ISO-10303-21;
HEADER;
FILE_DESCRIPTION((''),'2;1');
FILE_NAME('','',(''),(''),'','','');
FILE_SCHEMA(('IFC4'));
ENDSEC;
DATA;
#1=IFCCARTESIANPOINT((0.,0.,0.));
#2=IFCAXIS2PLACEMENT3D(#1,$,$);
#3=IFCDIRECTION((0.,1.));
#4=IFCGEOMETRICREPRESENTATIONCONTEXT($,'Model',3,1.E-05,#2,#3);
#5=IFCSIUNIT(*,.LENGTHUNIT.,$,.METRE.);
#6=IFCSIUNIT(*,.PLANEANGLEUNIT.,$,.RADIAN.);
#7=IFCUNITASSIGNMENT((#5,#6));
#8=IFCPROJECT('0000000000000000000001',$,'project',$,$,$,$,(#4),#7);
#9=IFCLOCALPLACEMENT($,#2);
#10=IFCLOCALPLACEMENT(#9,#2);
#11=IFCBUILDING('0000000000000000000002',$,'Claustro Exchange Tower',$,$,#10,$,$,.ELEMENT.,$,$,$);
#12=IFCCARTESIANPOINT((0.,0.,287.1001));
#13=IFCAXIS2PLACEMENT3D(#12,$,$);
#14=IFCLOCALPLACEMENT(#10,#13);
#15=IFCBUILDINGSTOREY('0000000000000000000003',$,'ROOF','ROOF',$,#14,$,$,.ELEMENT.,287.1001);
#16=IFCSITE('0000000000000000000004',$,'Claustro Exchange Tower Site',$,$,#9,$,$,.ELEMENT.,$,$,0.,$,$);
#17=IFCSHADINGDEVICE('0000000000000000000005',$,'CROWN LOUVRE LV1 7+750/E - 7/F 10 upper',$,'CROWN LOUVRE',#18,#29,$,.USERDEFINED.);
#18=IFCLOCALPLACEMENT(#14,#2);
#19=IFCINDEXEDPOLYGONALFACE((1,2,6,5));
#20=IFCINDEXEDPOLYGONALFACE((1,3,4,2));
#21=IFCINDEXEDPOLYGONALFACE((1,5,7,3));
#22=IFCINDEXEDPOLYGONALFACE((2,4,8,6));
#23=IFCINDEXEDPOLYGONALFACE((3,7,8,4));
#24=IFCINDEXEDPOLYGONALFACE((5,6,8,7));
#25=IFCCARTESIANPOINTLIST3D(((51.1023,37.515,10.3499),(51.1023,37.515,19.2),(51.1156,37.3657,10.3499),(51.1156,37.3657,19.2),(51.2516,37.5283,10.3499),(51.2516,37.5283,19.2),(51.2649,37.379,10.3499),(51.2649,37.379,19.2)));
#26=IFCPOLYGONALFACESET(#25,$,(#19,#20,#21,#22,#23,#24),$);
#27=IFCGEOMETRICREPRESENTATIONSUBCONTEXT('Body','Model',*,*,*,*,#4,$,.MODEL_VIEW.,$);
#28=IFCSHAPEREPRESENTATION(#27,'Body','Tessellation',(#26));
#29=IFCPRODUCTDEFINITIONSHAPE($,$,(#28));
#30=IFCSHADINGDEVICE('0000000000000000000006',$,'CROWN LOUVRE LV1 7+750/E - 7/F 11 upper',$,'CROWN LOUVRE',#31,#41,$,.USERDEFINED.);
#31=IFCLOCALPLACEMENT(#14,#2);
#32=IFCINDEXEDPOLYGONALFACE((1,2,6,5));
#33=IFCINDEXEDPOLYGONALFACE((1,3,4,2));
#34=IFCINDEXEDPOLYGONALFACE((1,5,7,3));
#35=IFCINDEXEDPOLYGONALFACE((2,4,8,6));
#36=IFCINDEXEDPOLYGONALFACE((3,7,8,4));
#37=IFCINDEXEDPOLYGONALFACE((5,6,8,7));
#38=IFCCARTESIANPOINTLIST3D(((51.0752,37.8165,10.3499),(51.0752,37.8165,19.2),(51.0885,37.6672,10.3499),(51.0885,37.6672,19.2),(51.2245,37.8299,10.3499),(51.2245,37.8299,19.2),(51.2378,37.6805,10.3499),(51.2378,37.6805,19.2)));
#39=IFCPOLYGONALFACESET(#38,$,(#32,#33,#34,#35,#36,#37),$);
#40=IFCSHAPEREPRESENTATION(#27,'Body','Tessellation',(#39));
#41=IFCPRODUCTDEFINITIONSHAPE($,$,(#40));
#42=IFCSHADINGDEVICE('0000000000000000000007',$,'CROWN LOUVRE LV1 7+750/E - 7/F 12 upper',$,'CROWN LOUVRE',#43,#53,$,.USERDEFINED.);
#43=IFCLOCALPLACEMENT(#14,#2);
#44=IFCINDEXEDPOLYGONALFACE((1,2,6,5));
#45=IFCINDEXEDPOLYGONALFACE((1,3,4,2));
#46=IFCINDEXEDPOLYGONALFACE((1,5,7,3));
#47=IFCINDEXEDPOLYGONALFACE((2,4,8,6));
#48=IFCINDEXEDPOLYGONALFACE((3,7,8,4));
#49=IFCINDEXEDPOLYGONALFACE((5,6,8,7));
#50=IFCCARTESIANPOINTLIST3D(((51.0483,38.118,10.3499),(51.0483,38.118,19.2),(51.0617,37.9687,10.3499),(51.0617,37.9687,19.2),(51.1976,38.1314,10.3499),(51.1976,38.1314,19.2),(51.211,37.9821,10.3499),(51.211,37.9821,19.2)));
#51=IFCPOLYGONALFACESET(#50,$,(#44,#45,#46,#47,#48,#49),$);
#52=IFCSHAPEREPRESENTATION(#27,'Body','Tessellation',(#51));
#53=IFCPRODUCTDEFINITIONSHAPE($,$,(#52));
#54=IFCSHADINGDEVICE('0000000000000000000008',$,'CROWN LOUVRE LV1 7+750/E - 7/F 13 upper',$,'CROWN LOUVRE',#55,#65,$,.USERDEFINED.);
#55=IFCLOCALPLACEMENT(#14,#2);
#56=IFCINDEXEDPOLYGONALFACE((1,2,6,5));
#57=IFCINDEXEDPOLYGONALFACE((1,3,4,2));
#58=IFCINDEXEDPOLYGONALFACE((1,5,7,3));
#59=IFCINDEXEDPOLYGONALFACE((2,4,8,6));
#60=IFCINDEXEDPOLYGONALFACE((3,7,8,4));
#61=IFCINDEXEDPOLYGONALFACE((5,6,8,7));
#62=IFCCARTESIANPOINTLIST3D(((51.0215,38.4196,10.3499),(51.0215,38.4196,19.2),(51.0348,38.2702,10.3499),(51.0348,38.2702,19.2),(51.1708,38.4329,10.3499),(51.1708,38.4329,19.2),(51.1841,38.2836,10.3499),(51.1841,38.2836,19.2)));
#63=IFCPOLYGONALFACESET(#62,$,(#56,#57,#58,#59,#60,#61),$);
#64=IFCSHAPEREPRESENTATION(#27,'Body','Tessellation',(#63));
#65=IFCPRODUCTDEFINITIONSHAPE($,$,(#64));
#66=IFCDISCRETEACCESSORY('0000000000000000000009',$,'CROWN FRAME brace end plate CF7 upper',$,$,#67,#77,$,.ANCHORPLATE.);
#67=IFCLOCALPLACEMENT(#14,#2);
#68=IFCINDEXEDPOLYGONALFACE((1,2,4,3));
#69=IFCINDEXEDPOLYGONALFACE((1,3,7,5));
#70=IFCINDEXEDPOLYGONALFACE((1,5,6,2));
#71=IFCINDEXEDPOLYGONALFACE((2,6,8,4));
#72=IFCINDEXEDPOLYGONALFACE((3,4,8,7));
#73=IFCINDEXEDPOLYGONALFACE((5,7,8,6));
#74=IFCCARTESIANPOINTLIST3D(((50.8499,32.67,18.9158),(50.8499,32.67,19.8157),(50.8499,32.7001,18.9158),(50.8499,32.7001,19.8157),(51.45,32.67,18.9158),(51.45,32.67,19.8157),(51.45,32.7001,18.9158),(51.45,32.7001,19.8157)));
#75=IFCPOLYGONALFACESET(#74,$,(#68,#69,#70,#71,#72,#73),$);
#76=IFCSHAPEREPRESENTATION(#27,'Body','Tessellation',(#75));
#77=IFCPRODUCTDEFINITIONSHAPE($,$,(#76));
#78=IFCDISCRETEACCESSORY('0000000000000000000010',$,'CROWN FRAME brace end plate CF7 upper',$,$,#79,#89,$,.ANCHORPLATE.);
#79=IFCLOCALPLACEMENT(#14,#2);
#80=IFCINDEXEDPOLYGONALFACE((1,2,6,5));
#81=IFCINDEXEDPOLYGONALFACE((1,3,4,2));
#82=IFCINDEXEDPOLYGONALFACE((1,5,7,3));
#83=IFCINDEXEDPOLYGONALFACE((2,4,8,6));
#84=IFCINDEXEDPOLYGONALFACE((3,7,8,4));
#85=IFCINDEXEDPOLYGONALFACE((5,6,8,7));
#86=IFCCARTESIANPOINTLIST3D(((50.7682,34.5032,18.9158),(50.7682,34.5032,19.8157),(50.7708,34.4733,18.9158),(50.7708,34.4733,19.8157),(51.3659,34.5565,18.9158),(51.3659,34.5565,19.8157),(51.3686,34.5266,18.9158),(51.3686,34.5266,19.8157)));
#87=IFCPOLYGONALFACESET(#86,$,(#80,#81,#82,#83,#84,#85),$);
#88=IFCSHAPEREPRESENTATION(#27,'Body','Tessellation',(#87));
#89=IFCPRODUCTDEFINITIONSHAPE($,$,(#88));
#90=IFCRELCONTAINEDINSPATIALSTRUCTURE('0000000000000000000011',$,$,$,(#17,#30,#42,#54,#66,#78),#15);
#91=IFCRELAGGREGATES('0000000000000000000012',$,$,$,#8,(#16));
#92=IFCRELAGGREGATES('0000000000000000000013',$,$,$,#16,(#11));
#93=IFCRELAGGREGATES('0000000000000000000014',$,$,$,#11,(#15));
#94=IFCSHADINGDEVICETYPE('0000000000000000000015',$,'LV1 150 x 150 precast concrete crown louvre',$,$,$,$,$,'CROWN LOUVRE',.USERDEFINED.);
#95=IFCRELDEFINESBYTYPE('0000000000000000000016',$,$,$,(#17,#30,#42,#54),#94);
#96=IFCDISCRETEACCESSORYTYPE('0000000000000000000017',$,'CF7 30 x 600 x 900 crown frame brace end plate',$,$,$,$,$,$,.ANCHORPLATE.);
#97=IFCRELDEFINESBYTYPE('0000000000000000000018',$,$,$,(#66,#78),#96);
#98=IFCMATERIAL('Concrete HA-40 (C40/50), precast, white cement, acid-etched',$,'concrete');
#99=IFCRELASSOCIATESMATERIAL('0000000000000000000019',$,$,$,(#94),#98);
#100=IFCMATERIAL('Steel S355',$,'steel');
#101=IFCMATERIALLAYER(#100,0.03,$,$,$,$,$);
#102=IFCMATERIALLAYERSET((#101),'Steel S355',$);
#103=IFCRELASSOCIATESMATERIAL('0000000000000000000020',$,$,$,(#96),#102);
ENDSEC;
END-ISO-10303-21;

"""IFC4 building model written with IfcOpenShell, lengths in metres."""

from ifc_helpers import new_model, si_unit, direction, frame, origin, origin_2d, place, context, subcontext, project, spatial, rectangle, extrude, material, layer, layer_set, type_object, element, save


model = new_model("IFC4")

# Units and contexts
model_context = context("Model", 3, precision=1e-05, world=origin(), true_north=direction((0.0, 1.0)))
body_context = subcontext(model_context, "Body", "Model", "MODEL_VIEW")
ifc_project = project(units=[si_unit("LENGTHUNIT", "METRE"), si_unit("PLANEANGLEUNIT", "RADIAN")], contexts=[model_context])

# Site, building, storey
site_placement = place(None, origin())
site = spatial("IfcSite", under=ifc_project, at=site_placement, Name="Claustro Exchange Tower Site", CompositionType="ELEMENT", RefElevation=0.0)
building_placement = place(site_placement, origin())
building = spatial("IfcBuilding", under=site, at=building_placement, Name="Claustro Exchange Tower", CompositionType="ELEMENT")
storey_placement = place(building_placement, frame((0.0, 0.0, 287.1001)))
storey = spatial("IfcBuildingStorey", under=building, at=storey_placement, Name="ROOF", Description="ROOF", CompositionType="ELEMENT", Elevation=287.1001)

# Shading devices
ifc_material_1 = material(Name="Concrete HA-40 (C40/50), precast, white cement, acid-etched", Category="concrete")
shading_device_type = type_object("IfcShadingDeviceType", Name="LV1 150 x 150 precast concrete crown louvre", ElementType="CROWN LOUVRE", PredefinedType="USERDEFINED", material=ifc_material_1)
for number, where, z_axis, x_axis, name in (
    (1, (51.1836, 37.447, 10.3499), (0.0, 0.0, 1.0), (-0.088933, 0.996038, 0.0), "CROWN LOUVRE LV1 7+750/E - 7/F 10 upper"),
    (2, (51.1565, 37.7485, 10.3499), (0.0, 0.0, 1.0), (-0.088933, 0.996038, 0.0), "CROWN LOUVRE LV1 7+750/E - 7/F 11 upper"),
    (3, (51.1296, 38.05, 10.3499), (0.0, 0.0, 1.0), (-0.088933, 0.996038, 0.0), "CROWN LOUVRE LV1 7+750/E - 7/F 12 upper"),
    (4, (51.1028, 38.3516, 10.3499), (0.0, 0.0, 1.0), (-0.088933, 0.996038, 0.0), "CROWN LOUVRE LV1 7+750/E - 7/F 13 upper"),
):
    element("IfcShadingDevice", number, at=place(storey_placement, frame(where, z_axis=z_axis, x_axis=x_axis)), inside=storey, type_object=shading_device_type, Name=name, ObjectType="CROWN LOUVRE", PredefinedType="USERDEFINED", context=body_context, shape_type="SweptSolid", body=[
        extrude(rectangle(XDim=0.1499, YDim=0.1499, at=origin_2d()), origin(), (0.0, 0.0, 1.0), 8.8501),
    ])

# Discrete accessories
ifc_material_2 = material(Name="Steel S355", Category="steel")
ifc_layer_1 = layer(ifc_material_2, 0.03)
ifc_layer_set_1 = layer_set([ifc_layer_1], Name="Steel S355")
discrete_accessory_type = type_object("IfcDiscreteAccessoryType", Name="CF7 30 x 600 x 900 crown frame brace end plate", PredefinedType="ANCHORPLATE", material=ifc_layer_set_1)
for number, where, z_axis, x_axis, name in (
    (5, (51.1499, 32.6851, 18.9158), (0.0, 0.0, 1.0), (0.0, 1.0, 0.0), "CROWN FRAME brace end plate CF7 upper"),
    (6, (51.0684, 34.5149, 18.9158), (0.0, 0.0, 1.0), (0.088933, -0.996038, 0.0), "CROWN FRAME brace end plate CF7 upper"),
):
    element("IfcDiscreteAccessory", number, at=place(storey_placement, frame(where, z_axis=z_axis, x_axis=x_axis)), inside=storey, type_object=discrete_accessory_type, Name=name, PredefinedType="ANCHORPLATE", context=body_context, shape_type="SweptSolid", body=[
        extrude(rectangle(XDim=0.03, YDim=0.6001, at=origin_2d()), origin(), (0.0, 0.0, 1.0), 0.8999),
    ])

save(model, "model.ifc")
